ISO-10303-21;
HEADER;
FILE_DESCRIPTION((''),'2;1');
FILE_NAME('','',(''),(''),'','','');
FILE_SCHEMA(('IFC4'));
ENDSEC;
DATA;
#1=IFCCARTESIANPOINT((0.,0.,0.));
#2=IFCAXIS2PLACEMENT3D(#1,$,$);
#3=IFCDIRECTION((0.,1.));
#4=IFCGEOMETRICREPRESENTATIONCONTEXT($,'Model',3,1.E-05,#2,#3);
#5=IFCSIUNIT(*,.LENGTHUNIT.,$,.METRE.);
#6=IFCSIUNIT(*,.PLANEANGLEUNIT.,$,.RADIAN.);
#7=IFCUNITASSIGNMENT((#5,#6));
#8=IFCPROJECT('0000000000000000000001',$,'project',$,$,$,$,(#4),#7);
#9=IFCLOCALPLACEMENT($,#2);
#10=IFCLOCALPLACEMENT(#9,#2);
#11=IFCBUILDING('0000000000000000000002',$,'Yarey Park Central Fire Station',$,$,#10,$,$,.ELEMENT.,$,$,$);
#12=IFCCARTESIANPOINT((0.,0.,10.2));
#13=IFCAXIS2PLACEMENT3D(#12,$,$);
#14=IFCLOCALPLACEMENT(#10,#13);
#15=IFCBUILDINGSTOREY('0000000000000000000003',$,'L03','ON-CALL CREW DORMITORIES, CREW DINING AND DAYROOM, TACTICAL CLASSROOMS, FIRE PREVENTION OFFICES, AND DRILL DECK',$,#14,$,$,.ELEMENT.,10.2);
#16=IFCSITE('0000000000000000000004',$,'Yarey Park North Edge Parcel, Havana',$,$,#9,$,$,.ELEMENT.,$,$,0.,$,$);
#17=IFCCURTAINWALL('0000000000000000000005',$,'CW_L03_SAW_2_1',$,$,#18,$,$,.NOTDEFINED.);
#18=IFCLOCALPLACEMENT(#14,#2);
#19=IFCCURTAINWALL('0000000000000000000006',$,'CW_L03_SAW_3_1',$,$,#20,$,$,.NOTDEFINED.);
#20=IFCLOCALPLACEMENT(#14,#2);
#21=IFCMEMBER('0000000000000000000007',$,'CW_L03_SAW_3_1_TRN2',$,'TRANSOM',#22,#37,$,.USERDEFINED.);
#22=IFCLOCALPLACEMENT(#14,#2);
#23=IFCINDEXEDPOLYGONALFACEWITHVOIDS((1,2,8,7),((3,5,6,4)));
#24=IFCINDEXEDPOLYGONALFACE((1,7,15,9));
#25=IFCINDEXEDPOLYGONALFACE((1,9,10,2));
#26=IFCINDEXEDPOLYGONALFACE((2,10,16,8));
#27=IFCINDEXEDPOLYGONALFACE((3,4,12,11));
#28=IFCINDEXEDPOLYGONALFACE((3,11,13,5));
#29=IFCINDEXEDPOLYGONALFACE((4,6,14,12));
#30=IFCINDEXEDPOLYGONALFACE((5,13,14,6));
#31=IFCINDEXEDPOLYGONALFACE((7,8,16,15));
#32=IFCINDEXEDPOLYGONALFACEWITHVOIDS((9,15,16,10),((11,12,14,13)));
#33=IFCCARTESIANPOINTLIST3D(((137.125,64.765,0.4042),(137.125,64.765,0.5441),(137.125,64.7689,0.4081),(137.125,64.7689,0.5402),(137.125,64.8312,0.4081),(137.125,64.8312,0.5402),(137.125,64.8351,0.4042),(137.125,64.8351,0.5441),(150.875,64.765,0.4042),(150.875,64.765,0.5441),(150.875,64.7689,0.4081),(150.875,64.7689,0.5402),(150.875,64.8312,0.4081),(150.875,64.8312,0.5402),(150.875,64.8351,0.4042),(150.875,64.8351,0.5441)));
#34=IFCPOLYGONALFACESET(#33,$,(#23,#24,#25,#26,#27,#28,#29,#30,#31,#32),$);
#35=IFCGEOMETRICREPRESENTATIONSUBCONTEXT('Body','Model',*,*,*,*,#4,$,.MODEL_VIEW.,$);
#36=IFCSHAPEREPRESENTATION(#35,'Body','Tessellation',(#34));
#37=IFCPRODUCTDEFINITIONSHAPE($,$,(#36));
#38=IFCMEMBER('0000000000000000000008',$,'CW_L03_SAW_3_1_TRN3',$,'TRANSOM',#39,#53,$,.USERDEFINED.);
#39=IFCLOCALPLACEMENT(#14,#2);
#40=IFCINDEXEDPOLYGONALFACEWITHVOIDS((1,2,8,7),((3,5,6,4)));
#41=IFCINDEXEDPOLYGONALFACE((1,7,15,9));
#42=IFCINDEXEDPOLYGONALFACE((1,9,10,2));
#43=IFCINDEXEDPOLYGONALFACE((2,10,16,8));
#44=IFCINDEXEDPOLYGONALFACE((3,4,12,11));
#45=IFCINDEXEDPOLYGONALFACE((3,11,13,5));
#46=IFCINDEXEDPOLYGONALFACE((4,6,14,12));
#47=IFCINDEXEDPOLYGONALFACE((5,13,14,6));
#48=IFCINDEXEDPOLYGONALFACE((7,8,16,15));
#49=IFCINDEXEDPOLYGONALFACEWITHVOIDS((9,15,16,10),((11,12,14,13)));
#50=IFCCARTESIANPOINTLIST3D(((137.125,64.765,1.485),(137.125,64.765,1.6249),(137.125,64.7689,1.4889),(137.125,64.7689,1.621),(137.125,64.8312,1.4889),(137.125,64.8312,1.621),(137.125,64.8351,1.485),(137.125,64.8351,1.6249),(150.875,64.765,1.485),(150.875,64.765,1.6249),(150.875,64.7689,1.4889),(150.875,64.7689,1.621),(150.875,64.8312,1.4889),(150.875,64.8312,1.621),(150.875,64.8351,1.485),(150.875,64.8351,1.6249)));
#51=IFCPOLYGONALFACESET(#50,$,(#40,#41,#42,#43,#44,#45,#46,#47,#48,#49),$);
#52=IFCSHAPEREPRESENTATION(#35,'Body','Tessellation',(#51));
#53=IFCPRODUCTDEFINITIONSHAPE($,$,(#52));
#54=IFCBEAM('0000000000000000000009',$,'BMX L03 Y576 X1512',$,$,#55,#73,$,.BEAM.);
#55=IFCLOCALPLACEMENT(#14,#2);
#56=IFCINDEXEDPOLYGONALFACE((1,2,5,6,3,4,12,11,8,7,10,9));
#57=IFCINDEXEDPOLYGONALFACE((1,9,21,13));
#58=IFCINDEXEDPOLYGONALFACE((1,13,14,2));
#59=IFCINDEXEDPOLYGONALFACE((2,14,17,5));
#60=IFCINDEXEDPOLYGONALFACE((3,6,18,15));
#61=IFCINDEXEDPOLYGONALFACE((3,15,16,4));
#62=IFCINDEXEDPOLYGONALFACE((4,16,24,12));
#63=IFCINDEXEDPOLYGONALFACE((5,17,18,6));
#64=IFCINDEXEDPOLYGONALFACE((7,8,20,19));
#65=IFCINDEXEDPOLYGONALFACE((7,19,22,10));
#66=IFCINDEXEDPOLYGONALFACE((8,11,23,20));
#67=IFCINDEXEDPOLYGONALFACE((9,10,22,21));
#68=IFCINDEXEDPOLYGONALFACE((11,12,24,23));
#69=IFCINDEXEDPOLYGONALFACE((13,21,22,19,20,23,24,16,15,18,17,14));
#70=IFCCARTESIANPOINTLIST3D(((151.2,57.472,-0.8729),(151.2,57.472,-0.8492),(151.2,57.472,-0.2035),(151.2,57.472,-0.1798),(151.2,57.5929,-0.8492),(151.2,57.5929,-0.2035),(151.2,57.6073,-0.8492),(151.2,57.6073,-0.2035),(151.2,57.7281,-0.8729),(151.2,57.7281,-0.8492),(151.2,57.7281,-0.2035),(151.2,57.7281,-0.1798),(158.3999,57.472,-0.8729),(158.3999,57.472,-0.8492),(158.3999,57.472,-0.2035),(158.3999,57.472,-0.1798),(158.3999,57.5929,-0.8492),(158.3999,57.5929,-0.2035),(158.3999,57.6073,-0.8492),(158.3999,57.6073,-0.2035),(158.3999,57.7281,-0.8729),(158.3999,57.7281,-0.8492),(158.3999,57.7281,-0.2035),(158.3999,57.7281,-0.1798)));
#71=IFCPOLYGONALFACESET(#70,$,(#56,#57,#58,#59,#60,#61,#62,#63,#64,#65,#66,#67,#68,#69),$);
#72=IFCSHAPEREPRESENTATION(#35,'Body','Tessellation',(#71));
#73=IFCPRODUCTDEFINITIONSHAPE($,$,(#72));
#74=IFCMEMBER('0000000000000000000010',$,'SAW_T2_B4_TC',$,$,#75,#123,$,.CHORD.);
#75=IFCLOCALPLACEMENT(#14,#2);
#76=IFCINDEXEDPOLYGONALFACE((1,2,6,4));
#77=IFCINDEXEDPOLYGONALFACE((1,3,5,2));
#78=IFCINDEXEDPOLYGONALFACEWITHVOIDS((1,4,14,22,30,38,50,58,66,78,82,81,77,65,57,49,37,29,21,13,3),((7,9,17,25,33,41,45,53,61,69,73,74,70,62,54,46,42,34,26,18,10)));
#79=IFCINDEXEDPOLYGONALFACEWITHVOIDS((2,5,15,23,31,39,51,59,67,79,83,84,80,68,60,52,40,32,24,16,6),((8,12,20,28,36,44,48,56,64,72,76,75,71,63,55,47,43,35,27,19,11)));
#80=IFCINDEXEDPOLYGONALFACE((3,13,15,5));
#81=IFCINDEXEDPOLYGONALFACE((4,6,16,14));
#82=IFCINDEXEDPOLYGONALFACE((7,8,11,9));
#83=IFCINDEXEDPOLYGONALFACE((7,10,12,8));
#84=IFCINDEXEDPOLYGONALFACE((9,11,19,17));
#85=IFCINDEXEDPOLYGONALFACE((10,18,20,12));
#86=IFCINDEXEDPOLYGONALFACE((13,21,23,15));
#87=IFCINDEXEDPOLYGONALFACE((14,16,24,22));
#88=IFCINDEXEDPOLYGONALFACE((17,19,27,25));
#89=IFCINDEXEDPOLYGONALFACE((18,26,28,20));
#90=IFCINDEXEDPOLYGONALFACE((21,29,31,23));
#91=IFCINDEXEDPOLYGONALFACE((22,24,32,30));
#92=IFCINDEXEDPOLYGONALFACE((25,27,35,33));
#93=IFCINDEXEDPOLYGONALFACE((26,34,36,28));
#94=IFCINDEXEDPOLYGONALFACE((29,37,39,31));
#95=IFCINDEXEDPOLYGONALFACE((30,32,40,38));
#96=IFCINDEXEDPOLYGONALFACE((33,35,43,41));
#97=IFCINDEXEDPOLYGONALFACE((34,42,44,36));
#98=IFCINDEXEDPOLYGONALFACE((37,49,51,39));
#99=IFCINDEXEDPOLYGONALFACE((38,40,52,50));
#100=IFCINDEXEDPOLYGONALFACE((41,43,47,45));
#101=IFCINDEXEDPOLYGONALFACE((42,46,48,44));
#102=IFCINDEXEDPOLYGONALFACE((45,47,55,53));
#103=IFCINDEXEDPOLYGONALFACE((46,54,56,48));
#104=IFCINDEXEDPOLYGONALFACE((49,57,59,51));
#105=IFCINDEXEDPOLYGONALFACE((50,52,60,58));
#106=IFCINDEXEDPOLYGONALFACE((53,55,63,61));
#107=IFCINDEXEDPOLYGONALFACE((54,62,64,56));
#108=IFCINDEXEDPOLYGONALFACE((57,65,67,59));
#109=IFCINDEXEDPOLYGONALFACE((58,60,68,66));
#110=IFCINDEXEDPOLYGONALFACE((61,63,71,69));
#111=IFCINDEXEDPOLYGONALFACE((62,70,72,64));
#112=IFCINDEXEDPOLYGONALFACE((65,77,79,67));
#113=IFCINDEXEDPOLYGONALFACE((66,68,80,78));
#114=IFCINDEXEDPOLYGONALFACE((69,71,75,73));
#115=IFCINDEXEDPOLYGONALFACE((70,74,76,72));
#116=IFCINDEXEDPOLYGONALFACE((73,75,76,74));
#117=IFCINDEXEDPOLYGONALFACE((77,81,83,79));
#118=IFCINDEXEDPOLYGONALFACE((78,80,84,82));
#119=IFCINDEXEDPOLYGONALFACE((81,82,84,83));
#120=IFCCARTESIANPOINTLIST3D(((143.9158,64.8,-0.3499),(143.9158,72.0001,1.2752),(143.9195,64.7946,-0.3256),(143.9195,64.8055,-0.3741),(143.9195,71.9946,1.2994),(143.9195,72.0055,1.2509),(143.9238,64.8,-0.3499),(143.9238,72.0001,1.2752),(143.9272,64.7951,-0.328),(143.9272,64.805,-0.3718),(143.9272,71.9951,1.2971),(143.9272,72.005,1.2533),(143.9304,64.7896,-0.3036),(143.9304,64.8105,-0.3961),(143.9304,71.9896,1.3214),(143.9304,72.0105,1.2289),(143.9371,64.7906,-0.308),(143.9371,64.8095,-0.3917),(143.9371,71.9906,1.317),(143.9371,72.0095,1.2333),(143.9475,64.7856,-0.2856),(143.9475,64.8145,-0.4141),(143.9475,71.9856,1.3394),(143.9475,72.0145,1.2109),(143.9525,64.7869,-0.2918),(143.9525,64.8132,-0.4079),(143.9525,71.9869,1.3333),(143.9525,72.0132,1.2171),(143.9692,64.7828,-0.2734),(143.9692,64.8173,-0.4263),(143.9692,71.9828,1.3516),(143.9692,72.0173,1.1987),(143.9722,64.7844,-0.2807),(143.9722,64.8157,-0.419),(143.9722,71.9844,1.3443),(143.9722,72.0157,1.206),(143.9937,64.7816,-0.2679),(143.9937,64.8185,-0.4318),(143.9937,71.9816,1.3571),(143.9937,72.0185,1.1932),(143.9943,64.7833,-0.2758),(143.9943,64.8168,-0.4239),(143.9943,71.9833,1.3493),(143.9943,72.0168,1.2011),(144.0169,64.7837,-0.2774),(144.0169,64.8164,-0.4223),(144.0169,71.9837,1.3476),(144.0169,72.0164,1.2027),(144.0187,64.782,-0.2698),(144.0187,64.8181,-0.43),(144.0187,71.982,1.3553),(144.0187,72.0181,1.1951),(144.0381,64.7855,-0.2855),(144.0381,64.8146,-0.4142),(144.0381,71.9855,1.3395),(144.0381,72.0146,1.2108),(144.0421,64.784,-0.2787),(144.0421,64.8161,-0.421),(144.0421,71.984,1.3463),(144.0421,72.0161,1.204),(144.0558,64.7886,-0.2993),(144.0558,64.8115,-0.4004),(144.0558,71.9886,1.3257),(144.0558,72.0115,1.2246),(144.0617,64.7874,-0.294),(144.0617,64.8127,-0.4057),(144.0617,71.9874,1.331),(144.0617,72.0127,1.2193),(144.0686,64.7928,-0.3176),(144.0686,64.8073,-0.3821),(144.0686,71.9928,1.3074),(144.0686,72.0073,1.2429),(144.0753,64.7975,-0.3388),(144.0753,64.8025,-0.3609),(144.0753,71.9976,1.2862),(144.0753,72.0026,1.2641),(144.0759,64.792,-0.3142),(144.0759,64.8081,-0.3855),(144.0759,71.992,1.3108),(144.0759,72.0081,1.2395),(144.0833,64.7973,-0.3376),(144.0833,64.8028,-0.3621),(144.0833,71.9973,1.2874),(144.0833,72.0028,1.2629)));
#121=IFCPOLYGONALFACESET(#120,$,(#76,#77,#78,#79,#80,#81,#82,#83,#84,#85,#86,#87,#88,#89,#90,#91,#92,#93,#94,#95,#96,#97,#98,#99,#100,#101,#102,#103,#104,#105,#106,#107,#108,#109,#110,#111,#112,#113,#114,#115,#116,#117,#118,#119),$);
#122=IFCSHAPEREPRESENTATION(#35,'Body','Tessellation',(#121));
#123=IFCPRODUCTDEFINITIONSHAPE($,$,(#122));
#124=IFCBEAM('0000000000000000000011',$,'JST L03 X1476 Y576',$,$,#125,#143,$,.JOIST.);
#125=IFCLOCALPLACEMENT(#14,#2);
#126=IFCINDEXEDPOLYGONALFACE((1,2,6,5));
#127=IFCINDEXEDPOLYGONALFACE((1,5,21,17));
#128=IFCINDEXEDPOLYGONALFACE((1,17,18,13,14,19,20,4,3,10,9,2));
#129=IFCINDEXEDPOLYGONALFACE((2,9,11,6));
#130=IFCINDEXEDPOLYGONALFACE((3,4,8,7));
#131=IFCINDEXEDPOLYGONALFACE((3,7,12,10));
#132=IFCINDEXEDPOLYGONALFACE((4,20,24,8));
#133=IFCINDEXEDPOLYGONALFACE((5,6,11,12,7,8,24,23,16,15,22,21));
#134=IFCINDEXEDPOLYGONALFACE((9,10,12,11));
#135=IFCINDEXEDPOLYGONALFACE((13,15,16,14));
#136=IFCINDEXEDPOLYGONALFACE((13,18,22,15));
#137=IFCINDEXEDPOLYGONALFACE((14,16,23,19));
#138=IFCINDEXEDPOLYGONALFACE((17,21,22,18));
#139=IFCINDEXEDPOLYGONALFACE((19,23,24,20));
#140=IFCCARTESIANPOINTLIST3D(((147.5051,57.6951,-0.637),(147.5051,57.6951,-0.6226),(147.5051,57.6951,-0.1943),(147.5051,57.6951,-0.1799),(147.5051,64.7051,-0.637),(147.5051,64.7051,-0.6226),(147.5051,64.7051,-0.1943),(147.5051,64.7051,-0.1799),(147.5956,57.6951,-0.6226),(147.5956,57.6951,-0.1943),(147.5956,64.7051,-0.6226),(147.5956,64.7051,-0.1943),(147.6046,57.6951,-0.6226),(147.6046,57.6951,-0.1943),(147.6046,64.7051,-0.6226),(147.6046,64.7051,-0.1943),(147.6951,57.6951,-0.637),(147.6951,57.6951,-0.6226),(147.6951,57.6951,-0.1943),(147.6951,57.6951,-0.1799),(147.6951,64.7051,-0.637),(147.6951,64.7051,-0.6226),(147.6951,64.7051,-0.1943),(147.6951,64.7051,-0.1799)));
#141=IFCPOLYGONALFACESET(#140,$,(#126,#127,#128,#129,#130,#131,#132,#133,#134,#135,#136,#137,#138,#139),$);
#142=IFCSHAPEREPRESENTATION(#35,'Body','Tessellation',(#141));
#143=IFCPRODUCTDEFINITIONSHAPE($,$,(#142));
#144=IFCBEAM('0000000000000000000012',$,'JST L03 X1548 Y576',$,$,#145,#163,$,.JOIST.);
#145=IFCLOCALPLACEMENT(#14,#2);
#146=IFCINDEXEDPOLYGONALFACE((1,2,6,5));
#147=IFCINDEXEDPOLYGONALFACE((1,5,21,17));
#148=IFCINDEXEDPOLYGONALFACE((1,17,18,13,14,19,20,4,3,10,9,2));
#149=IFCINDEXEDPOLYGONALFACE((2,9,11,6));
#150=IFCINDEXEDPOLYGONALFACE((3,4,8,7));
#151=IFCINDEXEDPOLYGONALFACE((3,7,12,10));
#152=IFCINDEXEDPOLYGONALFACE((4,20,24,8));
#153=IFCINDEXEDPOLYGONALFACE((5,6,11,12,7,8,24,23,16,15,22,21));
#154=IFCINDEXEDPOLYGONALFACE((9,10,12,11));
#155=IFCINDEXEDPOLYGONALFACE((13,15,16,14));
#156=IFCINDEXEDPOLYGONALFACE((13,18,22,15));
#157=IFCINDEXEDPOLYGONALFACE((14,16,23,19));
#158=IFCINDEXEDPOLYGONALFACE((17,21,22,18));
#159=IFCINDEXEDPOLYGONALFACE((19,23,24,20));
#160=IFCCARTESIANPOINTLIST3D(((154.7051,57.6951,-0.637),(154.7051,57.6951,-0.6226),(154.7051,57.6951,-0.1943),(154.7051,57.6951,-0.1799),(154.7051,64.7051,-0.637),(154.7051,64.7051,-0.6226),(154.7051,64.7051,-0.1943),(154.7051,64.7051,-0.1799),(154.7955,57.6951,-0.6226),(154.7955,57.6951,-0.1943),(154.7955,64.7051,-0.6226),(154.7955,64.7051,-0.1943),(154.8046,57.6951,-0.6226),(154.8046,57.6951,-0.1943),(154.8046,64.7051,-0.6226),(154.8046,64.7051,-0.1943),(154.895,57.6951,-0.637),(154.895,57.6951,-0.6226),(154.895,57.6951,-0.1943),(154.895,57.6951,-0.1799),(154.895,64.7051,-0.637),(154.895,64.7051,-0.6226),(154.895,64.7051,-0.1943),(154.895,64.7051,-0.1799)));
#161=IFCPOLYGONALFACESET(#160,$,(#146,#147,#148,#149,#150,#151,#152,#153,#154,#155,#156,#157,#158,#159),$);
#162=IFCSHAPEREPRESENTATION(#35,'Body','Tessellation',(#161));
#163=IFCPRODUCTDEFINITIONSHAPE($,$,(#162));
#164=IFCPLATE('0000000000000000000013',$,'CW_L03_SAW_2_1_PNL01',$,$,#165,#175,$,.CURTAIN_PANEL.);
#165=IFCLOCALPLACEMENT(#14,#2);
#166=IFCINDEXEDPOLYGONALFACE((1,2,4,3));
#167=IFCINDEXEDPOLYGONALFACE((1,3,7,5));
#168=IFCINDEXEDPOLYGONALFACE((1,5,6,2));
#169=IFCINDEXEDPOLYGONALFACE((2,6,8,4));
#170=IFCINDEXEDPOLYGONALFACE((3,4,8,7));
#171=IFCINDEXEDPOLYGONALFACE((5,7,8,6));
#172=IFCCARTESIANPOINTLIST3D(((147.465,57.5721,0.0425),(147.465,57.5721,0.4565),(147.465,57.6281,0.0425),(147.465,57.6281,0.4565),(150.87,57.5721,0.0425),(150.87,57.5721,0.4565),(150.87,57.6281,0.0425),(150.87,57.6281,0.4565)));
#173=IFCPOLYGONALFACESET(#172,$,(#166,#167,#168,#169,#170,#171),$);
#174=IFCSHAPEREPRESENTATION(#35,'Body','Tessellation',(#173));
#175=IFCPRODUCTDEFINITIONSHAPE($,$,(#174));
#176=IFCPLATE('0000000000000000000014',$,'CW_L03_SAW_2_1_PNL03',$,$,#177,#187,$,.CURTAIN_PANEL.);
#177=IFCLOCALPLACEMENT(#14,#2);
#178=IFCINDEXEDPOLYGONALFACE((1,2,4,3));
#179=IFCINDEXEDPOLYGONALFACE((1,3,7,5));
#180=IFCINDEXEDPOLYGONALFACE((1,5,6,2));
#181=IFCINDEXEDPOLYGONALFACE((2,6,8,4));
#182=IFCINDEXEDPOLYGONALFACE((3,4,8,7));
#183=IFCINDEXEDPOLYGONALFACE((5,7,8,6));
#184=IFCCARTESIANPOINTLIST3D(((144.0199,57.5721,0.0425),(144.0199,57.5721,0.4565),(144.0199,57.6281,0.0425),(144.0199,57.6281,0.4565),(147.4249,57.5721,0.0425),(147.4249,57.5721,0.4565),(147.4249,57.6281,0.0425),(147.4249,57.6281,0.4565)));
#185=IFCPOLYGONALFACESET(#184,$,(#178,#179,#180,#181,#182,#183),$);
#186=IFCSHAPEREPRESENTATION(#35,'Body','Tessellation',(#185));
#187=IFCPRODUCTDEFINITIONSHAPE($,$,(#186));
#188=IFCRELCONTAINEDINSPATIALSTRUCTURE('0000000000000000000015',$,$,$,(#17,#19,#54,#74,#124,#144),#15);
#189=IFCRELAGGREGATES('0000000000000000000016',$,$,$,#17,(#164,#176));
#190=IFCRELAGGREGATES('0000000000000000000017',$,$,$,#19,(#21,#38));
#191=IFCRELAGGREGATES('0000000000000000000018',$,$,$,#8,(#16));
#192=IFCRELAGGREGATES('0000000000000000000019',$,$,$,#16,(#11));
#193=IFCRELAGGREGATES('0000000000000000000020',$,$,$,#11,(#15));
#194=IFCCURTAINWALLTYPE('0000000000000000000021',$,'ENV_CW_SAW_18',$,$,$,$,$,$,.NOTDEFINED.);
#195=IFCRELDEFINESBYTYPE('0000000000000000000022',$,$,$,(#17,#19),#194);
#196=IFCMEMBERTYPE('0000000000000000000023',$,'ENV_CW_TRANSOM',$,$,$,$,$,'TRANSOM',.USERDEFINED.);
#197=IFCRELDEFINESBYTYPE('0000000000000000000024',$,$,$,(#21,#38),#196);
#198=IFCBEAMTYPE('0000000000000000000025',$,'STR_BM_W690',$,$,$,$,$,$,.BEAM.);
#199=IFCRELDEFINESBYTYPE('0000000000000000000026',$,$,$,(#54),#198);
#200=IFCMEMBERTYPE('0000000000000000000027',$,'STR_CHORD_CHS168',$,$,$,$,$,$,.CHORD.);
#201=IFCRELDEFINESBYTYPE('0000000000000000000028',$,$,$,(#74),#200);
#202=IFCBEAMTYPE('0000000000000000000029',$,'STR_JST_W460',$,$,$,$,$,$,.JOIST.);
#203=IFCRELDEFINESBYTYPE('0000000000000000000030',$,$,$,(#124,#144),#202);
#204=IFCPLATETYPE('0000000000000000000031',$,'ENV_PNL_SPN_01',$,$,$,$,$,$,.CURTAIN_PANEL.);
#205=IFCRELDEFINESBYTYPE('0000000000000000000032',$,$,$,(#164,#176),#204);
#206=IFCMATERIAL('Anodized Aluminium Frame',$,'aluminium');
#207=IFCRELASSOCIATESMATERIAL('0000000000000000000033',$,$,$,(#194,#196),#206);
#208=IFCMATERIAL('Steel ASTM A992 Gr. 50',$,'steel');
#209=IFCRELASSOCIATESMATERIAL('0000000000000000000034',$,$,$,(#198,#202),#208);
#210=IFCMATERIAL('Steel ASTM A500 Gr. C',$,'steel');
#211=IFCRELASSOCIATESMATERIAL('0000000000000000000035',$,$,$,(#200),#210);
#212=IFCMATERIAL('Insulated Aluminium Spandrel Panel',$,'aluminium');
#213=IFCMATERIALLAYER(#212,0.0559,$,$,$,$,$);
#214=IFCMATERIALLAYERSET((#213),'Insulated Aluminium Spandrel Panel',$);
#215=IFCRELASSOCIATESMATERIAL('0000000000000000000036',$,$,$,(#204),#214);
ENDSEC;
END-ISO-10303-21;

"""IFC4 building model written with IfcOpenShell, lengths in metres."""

from ifc_helpers import new_model, si_unit, direction, frame, origin, origin_2d, place, context, subcontext, project, spatial, rectangle, hollow_rectangle, hollow_circle, i_section, extrude, material, layer, layer_set, material_profile, profile_set, type_object, element, aggregate, save


model = new_model("IFC4")

# Units and contexts
model_context = context("Model", 3, precision=1e-05, world=origin(), true_north=direction((0.0, 1.0)))
body_context = subcontext(model_context, "Body", "Model", "MODEL_VIEW")
ifc_project = project(units=[si_unit("LENGTHUNIT", "METRE"), si_unit("PLANEANGLEUNIT", "RADIAN")], contexts=[model_context])

# Site, building, storey
site_placement = place(None, origin())
site = spatial("IfcSite", under=ifc_project, at=site_placement, Name="Yarey Park North Edge Parcel, Havana", CompositionType="ELEMENT", RefElevation=0.0)
building_placement = place(site_placement, origin())
building = spatial("IfcBuilding", under=site, at=building_placement, Name="Yarey Park Central Fire Station", CompositionType="ELEMENT")
storey_placement = place(building_placement, frame((0.0, 0.0, 10.2)))
storey = spatial("IfcBuildingStorey", under=building, at=storey_placement, Name="L03", Description="ON-CALL CREW DORMITORIES, CREW DINING AND DAYROOM, TACTICAL CLASSROOMS, FIRE PREVENTION OFFICES, AND DRILL DECK", CompositionType="ELEMENT", Elevation=10.2)

# Curtain walls
ifc_material_1 = material(Name="Anodized Aluminium Frame", Category="aluminium")
curtain_wall_type = type_object("IfcCurtainWallType", Name="ENV_CW_SAW_18", PredefinedType="NOTDEFINED", material=ifc_material_1)
curtain_wall_1_placement = place(storey_placement, origin())
curtain_wall_1 = element("IfcCurtainWall", 1, at=curtain_wall_1_placement, inside=storey, type_object=curtain_wall_type, Name="CW_L03_SAW_2_1", PredefinedType="NOTDEFINED")
curtain_wall_2_placement = place(storey_placement, origin())
curtain_wall_2 = element("IfcCurtainWall", 2, at=curtain_wall_2_placement, inside=storey, type_object=curtain_wall_type, Name="CW_L03_SAW_3_1", PredefinedType="NOTDEFINED")

# Members
ifc_material_profile_1 = material_profile(ifc_material_1, hollow_rectangle(XDim=0.0701, YDim=0.1399, WallThickness=0.0039, at=origin_2d()), Name="ALU 140x70x4")
ifc_profile_set_1 = profile_set([ifc_material_profile_1], Name="Anodized Aluminium Frame")
member_type_1 = type_object("IfcMemberType", Name="ENV_CW_TRANSOM", ElementType="TRANSOM", PredefinedType="USERDEFINED", material=ifc_profile_set_1)
member_1_placement = place(storey_placement, frame((150.875, 64.8, 0.4741), z_axis=(-1.0, 0.0, 0.0), x_axis=(0.0, -1.0, 0.0)))
member_1 = element("IfcMember", 3, at=member_1_placement, type_object=member_type_1, Name="CW_L03_SAW_3_1_TRN2", ObjectType="TRANSOM", PredefinedType="USERDEFINED", context=body_context, shape_type="SweptSolid", body=[
    extrude(hollow_rectangle(XDim=0.0701, YDim=0.1399, WallThickness=0.0039, at=origin_2d()), origin(), (0.0, 0.0, 1.0), 13.75),
])
member_2_placement = place(storey_placement, frame((150.875, 64.8, 1.5549), z_axis=(-1.0, 0.0, 0.0), x_axis=(0.0, -1.0, 0.0)))
member_2 = element("IfcMember", 4, at=member_2_placement, type_object=member_type_1, Name="CW_L03_SAW_3_1_TRN3", ObjectType="TRANSOM", PredefinedType="USERDEFINED", context=body_context, shape_type="SweptSolid", body=[
    extrude(hollow_rectangle(XDim=0.0701, YDim=0.1399, WallThickness=0.0039, at=origin_2d()), origin(), (0.0, 0.0, 1.0), 13.75),
])

# Beam
ifc_material_2 = material(Name="Steel ASTM A992 Gr. 50", Category="steel")
ifc_material_profile_2 = material_profile(ifc_material_2, i_section(OverallWidth=0.2561, OverallDepth=0.6931, WebThickness=0.0144, FlangeThickness=0.0237, at=origin_2d()), Name="W690x170")
ifc_profile_set_2 = profile_set([ifc_material_profile_2], Name="Steel ASTM A992 Gr. 50")
beam_type_1 = type_object("IfcBeamType", Name="STR_BM_W690", PredefinedType="BEAM", material=ifc_profile_set_2)
beam_placement = place(storey_placement, frame((151.2, 57.6001, -0.5264), z_axis=(1.0, 0.0, 0.0), x_axis=(0.0, 1.0, 0.0)))
element("IfcBeam", 5, at=beam_placement, inside=storey, type_object=beam_type_1, Name="BMX L03 Y576 X1512", PredefinedType="BEAM", context=body_context, shape_type="SweptSolid", body=[
    extrude(i_section(OverallWidth=0.2561, OverallDepth=0.6931, WebThickness=0.0144, FlangeThickness=0.0237, at=origin_2d()), origin(), (0.0, 0.0, 1.0), 7.2),
])

# Member
ifc_material_3 = material(Name="Steel ASTM A500 Gr. C", Category="steel")
ifc_material_profile_3 = material_profile(ifc_material_3, hollow_circle(Radius=0.0842, WallThickness=0.0081, at=origin_2d()), Name="CHS 168.3x8")
ifc_profile_set_3 = profile_set([ifc_material_profile_3], Name="Steel ASTM A500 Gr. C")
member_type_2 = type_object("IfcMemberType", Name="STR_CHORD_CHS168", PredefinedType="CHORD", material=ifc_profile_set_3)
member_3_placement = place(storey_placement, frame((144.0, 64.8, -0.3499), z_axis=(0.0, 0.975464, 0.220158), x_axis=(-1.0, 0.0, 0.0)))
element("IfcMember", 6, at=member_3_placement, inside=storey, type_object=member_type_2, Name="SAW_T2_B4_TC", PredefinedType="CHORD", context=body_context, shape_type="SweptSolid", body=[
    extrude(hollow_circle(Radius=0.0842, WallThickness=0.0081, at=origin_2d()), origin(), (0.0, 0.0, 1.0), 7.3811),
])

# Beams
ifc_material_profile_4 = material_profile(ifc_material_2, i_section(OverallWidth=0.1899, OverallDepth=0.457, WebThickness=0.009, FlangeThickness=0.0144, at=origin_2d()), Name="W460x74")
ifc_profile_set_4 = profile_set([ifc_material_profile_4], Name="Steel ASTM A992 Gr. 50")
beam_type_2 = type_object("IfcBeamType", Name="STR_JST_W460", PredefinedType="JOIST", material=ifc_profile_set_4)
for number, where, z_axis, x_axis, name in (
    (7, (147.6001, 57.6951, -0.4084), (0.0, 1.0, 0.0), (-1.0, 0.0, 0.0), "JST L03 X1476 Y576"),
    (8, (154.8, 57.6951, -0.4084), (0.0, 1.0, 0.0), (-1.0, 0.0, 0.0), "JST L03 X1548 Y576"),
):
    element("IfcBeam", number, at=place(storey_placement, frame(where, z_axis=z_axis, x_axis=x_axis)), inside=storey, type_object=beam_type_2, Name=name, PredefinedType="JOIST", context=body_context, shape_type="SweptSolid", body=[
        extrude(i_section(OverallWidth=0.1899, OverallDepth=0.457, WebThickness=0.009, FlangeThickness=0.0144, at=origin_2d()), origin(), (0.0, 0.0, 1.0), 7.01),
    ])

# Plates
ifc_material_4 = material(Name="Insulated Aluminium Spandrel Panel", Category="aluminium")
ifc_layer_1 = layer(ifc_material_4, 0.0559)
ifc_layer_set_1 = layer_set([ifc_layer_1], Name="Insulated Aluminium Spandrel Panel")
plate_type_1 = type_object("IfcPlateType", Name="ENV_PNL_SPN_01", PredefinedType="CURTAIN_PANEL", material=ifc_layer_set_1)
plate_1_placement = place(storey_placement, frame((149.1675, 57.6001, 0.0425), z_axis=(0.0, 0.0, 1.0), x_axis=(-1.0, 0.0, 0.0)))
plate_1 = element("IfcPlate", 9, at=plate_1_placement, type_object=plate_type_1, Name="CW_L03_SAW_2_1_PNL01", PredefinedType="CURTAIN_PANEL", context=body_context, shape_type="SweptSolid", body=[
    extrude(rectangle(XDim=3.405, YDim=0.0559, at=origin_2d()), origin(), (0.0, 0.0, 1.0), 0.4141),
])
plate_2_placement = place(storey_placement, frame((145.7224, 57.6001, 0.0425), z_axis=(0.0, 0.0, 1.0), x_axis=(-1.0, 0.0, 0.0)))
plate_2 = element("IfcPlate", 10, at=plate_2_placement, type_object=plate_type_1, Name="CW_L03_SAW_2_1_PNL03", PredefinedType="CURTAIN_PANEL", context=body_context, shape_type="SweptSolid", body=[
    extrude(rectangle(XDim=3.405, YDim=0.0559, at=origin_2d()), origin(), (0.0, 0.0, 1.0), 0.4141),
])
aggregate(curtain_wall_1, [plate_1, plate_2])
aggregate(curtain_wall_2, [member_1, member_2])

save(model, "model.ifc")
